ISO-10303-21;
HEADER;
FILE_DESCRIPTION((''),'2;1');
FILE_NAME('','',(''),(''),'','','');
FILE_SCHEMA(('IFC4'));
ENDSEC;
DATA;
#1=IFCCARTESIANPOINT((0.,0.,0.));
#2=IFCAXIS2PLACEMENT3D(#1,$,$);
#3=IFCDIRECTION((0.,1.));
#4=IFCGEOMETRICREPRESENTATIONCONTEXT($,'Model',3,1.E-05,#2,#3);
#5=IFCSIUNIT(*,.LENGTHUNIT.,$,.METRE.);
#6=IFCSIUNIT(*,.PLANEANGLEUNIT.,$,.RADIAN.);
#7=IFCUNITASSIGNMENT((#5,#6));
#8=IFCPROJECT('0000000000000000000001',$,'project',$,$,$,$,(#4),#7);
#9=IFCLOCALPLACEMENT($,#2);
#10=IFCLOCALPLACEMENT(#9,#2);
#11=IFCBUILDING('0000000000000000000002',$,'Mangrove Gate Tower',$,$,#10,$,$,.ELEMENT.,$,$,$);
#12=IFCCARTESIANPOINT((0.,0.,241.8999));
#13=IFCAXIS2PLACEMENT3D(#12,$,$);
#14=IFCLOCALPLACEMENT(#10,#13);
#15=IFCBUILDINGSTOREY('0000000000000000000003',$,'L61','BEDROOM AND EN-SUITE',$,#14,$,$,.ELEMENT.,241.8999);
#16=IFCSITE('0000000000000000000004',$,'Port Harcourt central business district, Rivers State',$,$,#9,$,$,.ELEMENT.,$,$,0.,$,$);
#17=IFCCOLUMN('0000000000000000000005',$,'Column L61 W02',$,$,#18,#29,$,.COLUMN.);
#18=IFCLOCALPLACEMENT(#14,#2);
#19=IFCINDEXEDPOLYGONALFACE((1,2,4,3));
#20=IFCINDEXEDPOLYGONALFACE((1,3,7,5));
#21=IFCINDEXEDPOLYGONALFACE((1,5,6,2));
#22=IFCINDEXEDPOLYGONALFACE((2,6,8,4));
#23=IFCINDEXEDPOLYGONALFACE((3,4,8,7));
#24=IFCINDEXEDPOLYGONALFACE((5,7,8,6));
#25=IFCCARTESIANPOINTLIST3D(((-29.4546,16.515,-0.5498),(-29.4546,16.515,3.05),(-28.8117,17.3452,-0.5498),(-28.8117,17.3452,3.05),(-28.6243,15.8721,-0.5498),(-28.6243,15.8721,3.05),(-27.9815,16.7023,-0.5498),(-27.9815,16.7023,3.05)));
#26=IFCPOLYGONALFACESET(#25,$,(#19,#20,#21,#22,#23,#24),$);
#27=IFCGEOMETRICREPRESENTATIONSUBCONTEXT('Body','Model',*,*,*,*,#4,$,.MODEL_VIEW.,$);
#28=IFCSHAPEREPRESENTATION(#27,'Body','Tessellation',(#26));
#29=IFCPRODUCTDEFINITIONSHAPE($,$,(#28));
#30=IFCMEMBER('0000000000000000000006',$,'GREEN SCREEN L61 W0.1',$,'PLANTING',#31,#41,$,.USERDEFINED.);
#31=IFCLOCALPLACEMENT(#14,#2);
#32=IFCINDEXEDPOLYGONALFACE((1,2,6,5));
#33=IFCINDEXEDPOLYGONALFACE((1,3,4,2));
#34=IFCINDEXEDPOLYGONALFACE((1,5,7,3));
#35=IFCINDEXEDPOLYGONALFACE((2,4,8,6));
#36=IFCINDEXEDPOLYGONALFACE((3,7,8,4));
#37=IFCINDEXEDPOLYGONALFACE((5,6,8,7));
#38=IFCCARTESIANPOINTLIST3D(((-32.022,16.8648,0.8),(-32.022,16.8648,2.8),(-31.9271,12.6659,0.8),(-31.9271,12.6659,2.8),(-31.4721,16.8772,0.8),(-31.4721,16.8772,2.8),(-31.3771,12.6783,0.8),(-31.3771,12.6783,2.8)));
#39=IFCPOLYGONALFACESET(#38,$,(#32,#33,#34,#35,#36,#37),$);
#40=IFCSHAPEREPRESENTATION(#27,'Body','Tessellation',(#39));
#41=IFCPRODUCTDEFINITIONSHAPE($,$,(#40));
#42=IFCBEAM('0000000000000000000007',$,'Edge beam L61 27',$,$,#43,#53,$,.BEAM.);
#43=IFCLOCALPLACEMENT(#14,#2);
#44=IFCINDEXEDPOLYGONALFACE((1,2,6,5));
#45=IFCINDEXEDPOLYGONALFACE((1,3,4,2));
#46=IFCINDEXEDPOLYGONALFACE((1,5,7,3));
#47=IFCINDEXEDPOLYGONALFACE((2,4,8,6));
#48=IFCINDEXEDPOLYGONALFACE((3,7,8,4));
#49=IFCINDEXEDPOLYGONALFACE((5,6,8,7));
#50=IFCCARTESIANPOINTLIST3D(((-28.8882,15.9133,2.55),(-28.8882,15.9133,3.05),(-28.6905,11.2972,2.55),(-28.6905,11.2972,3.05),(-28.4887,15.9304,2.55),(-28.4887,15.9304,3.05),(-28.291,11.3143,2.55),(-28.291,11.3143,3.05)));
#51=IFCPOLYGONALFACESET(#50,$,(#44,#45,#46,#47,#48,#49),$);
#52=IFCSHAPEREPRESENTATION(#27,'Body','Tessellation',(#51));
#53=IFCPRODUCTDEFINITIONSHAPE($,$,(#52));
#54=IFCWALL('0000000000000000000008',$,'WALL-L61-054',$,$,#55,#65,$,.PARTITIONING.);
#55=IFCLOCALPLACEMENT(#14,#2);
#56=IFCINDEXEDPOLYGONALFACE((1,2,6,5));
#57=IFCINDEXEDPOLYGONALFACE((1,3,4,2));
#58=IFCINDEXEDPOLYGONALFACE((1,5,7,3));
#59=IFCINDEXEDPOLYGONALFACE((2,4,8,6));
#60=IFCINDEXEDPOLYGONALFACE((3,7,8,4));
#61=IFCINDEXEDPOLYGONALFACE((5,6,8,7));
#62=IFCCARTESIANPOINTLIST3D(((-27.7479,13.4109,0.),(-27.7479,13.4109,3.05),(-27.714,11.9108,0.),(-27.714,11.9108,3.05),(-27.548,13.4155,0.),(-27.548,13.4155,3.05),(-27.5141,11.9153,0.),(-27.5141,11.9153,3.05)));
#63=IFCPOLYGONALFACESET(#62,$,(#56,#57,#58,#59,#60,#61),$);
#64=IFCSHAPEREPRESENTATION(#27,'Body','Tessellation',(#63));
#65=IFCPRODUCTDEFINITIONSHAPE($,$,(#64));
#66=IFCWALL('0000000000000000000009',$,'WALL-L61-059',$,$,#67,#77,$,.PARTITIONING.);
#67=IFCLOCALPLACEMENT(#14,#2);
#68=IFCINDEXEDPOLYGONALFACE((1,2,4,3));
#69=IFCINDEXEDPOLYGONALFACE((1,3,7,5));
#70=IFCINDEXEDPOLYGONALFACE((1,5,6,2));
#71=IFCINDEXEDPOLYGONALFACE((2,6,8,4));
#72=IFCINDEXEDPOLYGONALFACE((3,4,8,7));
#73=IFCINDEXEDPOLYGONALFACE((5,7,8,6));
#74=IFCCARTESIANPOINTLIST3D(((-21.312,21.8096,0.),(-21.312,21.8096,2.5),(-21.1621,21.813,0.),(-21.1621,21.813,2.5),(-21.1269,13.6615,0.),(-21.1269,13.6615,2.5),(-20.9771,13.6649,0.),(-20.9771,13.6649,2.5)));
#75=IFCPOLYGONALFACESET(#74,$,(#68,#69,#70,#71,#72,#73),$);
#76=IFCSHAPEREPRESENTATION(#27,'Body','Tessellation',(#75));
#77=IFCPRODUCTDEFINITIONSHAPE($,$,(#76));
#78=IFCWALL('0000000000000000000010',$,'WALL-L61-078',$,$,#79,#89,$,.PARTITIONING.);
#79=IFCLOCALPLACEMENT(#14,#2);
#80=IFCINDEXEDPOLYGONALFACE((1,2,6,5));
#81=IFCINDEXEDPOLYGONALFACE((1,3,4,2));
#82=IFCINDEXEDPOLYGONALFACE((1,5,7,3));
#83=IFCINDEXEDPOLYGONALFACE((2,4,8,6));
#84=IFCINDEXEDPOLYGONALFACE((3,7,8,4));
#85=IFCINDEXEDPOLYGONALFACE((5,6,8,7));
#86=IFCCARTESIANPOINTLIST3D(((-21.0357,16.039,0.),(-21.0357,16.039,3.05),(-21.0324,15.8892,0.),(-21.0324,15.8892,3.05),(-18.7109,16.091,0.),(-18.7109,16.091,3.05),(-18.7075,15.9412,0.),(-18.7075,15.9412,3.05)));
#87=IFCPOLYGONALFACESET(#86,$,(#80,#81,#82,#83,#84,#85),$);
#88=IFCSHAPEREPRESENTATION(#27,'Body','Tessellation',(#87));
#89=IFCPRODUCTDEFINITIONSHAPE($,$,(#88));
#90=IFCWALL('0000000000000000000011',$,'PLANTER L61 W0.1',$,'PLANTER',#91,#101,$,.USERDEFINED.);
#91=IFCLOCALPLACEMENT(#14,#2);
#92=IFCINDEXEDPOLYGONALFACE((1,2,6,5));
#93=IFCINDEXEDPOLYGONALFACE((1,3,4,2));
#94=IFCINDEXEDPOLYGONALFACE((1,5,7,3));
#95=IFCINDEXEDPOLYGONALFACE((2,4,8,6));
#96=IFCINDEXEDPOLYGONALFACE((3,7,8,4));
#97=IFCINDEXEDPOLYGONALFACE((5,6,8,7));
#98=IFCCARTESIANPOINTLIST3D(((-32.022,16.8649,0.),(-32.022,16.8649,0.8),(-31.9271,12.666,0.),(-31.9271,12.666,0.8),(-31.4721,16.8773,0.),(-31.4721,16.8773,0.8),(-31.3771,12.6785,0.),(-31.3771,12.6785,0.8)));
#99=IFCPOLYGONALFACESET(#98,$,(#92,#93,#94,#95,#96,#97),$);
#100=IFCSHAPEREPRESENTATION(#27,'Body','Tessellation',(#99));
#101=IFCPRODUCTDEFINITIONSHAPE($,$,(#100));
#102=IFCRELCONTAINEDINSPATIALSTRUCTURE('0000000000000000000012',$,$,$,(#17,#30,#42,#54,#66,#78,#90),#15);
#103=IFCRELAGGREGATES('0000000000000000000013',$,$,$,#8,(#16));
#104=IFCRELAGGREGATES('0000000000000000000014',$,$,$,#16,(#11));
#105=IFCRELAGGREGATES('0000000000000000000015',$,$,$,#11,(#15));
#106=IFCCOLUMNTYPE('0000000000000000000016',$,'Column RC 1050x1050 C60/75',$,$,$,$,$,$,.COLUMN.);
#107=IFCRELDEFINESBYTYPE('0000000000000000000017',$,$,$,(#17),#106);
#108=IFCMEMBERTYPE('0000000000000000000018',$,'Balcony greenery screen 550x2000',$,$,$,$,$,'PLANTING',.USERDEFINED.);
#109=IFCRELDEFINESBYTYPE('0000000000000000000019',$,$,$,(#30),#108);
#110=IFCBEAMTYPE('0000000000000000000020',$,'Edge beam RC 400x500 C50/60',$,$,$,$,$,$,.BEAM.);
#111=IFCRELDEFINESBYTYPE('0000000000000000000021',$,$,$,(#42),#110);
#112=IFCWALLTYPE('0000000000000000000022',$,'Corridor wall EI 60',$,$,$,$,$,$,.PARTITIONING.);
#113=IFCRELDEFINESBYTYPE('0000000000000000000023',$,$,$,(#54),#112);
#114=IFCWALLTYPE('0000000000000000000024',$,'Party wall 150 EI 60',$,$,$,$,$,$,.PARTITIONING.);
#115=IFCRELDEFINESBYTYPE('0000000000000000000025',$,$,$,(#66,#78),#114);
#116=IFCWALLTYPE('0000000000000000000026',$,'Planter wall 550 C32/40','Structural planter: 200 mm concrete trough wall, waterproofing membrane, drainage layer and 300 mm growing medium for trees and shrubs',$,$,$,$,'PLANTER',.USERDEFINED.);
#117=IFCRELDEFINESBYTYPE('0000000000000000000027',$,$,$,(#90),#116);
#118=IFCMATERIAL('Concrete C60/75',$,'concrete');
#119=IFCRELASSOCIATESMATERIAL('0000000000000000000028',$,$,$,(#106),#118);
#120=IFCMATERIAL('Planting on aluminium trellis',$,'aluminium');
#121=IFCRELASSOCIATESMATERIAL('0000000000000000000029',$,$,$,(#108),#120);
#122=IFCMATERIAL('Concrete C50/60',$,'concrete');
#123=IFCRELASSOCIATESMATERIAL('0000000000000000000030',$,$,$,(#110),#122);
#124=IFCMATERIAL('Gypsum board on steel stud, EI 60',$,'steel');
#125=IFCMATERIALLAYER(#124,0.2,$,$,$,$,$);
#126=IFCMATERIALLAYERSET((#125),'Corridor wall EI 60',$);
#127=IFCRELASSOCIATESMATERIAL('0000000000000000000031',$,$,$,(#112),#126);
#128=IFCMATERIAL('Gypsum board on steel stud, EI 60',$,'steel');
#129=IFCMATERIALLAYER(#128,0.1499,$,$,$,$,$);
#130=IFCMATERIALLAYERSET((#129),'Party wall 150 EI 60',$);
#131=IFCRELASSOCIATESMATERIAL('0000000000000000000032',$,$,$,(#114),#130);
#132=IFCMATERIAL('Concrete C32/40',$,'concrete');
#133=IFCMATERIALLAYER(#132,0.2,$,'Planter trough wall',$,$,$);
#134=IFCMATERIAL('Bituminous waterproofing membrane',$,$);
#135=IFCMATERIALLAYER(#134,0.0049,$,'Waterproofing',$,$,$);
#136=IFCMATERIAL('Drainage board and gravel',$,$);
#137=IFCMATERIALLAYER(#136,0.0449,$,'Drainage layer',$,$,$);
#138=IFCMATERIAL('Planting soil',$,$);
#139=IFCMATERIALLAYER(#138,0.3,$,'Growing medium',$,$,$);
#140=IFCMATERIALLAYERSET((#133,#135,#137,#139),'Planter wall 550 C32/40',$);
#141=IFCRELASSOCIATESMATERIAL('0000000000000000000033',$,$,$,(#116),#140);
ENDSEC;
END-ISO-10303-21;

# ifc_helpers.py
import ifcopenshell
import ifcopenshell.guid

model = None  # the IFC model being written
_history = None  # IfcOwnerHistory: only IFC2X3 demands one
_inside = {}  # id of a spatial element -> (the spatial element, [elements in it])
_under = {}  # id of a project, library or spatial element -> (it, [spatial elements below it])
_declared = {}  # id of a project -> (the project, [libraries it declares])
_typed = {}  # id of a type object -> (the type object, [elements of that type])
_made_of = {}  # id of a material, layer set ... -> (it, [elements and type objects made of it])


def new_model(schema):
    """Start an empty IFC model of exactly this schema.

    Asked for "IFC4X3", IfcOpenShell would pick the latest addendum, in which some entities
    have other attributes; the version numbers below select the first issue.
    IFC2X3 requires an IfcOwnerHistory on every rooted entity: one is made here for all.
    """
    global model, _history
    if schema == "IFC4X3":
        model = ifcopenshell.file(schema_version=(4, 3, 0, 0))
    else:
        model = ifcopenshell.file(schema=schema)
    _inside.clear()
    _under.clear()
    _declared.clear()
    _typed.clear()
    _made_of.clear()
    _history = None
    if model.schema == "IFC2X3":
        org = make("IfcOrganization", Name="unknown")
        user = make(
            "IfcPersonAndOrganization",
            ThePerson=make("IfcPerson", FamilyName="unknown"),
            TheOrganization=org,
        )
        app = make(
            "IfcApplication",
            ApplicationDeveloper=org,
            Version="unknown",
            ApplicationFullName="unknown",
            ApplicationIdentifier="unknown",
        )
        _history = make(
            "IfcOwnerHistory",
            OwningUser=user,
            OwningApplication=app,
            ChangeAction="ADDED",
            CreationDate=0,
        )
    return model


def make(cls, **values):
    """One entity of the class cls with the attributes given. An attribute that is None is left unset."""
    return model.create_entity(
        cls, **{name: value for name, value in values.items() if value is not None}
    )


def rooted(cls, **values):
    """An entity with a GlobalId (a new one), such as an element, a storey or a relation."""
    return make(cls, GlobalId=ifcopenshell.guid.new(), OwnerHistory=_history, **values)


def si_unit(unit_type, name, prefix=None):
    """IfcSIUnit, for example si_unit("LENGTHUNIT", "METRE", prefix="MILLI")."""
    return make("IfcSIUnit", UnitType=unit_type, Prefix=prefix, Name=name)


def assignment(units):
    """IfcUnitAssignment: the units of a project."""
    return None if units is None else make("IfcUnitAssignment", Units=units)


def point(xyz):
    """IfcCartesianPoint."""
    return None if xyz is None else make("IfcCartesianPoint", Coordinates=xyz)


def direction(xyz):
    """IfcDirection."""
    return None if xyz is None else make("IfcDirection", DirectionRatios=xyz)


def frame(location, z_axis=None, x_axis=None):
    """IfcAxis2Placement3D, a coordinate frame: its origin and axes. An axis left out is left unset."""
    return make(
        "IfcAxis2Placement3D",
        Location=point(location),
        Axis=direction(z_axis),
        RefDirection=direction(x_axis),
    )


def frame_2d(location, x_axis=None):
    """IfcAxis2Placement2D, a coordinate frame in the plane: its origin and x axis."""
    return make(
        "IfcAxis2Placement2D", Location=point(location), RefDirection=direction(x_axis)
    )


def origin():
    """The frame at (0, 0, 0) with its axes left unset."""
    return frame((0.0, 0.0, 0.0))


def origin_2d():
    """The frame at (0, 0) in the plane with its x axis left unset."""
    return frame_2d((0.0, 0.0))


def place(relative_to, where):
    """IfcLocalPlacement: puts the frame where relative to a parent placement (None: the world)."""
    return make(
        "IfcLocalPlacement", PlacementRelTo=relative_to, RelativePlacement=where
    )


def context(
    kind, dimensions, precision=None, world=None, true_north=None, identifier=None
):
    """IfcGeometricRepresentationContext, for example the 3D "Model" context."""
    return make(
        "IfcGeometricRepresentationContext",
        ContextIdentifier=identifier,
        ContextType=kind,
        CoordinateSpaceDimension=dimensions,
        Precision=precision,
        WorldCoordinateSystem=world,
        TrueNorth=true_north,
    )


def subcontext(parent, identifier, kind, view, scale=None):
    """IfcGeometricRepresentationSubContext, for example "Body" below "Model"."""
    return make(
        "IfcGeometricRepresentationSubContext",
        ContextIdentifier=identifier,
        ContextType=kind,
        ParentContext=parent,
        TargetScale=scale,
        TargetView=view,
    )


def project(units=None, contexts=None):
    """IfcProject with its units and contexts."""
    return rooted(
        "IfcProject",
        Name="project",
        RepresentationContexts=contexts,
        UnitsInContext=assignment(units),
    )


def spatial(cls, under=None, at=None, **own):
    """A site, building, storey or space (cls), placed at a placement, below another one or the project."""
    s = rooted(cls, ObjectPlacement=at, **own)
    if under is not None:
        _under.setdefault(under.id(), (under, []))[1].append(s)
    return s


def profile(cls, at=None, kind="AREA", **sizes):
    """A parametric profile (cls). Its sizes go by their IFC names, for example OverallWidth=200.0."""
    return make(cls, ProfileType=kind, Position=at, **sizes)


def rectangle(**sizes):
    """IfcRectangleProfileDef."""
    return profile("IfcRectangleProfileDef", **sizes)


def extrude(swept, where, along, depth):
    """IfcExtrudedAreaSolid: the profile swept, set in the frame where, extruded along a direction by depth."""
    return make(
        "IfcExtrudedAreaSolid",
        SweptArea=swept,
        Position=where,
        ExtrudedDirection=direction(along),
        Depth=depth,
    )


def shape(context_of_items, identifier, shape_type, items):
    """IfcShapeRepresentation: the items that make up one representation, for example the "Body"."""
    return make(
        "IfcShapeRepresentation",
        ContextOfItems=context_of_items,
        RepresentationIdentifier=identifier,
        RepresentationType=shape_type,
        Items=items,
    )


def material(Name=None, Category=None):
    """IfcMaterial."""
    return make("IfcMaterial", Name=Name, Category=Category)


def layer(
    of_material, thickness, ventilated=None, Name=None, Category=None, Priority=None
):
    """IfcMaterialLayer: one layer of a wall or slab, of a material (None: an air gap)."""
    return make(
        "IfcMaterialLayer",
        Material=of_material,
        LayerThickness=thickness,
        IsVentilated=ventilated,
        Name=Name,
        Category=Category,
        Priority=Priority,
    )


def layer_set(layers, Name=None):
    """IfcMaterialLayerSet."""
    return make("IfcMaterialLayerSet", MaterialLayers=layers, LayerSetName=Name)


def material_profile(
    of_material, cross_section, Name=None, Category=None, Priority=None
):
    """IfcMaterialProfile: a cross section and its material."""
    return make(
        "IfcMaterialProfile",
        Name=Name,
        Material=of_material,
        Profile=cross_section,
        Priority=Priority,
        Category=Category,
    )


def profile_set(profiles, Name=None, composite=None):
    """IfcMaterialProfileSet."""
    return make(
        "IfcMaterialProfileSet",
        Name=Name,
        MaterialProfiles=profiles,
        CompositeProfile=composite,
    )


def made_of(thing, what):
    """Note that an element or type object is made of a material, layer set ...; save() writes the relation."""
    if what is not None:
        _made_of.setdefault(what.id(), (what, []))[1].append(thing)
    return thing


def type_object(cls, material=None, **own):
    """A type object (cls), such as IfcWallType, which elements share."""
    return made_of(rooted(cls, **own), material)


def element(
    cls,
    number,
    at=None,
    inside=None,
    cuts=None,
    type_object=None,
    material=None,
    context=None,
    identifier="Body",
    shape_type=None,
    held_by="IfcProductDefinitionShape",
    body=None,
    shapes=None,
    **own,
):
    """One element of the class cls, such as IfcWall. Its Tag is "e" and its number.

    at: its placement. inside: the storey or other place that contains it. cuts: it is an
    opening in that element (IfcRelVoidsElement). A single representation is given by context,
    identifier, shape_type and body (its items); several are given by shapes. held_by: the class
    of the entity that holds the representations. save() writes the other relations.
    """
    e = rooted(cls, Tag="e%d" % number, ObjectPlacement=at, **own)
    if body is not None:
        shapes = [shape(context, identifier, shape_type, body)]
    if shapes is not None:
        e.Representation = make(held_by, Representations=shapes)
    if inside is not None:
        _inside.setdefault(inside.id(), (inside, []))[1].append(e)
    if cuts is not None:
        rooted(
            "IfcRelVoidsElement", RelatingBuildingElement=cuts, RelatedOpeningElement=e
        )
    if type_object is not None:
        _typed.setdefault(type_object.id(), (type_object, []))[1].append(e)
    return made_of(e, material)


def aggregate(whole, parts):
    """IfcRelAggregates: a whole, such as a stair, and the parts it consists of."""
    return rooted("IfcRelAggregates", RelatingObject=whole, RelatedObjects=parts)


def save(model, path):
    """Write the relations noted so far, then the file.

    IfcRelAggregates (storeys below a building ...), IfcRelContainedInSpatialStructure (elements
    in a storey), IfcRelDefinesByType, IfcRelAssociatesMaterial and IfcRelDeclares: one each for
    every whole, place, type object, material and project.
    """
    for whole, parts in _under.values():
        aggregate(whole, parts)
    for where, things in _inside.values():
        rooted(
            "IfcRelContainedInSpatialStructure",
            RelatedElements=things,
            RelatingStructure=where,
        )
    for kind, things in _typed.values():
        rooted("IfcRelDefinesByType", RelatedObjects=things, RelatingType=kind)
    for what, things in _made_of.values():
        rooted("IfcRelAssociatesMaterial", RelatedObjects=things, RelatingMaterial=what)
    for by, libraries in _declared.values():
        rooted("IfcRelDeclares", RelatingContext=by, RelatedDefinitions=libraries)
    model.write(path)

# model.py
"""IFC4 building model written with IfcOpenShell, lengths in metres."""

from ifc_helpers import new_model, si_unit, direction, frame, frame_2d, origin, origin_2d, place, context, subcontext, project, spatial, rectangle, extrude, material, layer, layer_set, material_profile, profile_set, type_object, element, save


model = new_model("IFC4")

# Units and contexts
model_context = context("Model", 3, precision=1e-05, world=origin(), true_north=direction((0.0, 1.0)))
body_context = subcontext(model_context, "Body", "Model", "MODEL_VIEW")
ifc_project = project(units=[si_unit("LENGTHUNIT", "METRE"), si_unit("PLANEANGLEUNIT", "RADIAN")], contexts=[model_context])

# Site, building, storey
site_placement = place(None, origin())
site = spatial("IfcSite", under=ifc_project, at=site_placement, Name="Port Harcourt central business district, Rivers State", CompositionType="ELEMENT", RefElevation=0.0)
building_placement = place(site_placement, origin())
building = spatial("IfcBuilding", under=site, at=building_placement, Name="Mangrove Gate Tower", CompositionType="ELEMENT")
storey_placement = place(building_placement, frame((0.0, 0.0, 241.8999)))
storey = spatial("IfcBuildingStorey", under=building, at=storey_placement, Name="L61", Description="BEDROOM AND EN-SUITE", CompositionType="ELEMENT", Elevation=241.8999)

# Column
ifc_material_1 = material(Name="Concrete C60/75", Category="concrete")
ifc_material_profile_1 = material_profile(ifc_material_1, rectangle(XDim=1.05, YDim=1.05, at=origin_2d()))
ifc_profile_set_1 = profile_set([ifc_material_profile_1], Name="Concrete C60/75")
column_type = type_object("IfcColumnType", Name="Column RC 1050x1050 C60/75", PredefinedType="COLUMN", material=ifc_profile_set_1)
column_placement = place(storey_placement, frame((-28.718, 16.6086, -0.5498), z_axis=(0.0, 0.0, 1.0), x_axis=(-0.612247, -0.790667, 0.0)))
element("IfcColumn", 1, at=column_placement, inside=storey, type_object=column_type, Name="Column L61 W02", PredefinedType="COLUMN", context=body_context, shape_type="SweptSolid", body=[
    extrude(rectangle(XDim=1.05, YDim=1.05, at=origin_2d()), origin(), (0.0, 0.0, 1.0), 3.5999),
])

# Member
ifc_material_2 = material(Name="Planting on aluminium trellis", Category="aluminium")
ifc_material_profile_2 = material_profile(ifc_material_2, rectangle(XDim=0.55, YDim=2.0, at=origin_2d()))
ifc_profile_set_2 = profile_set([ifc_material_profile_2], Name="Planting on aluminium trellis")
member_type = type_object("IfcMemberType", Name="Balcony greenery screen 550x2000", ElementType="PLANTING", PredefinedType="USERDEFINED", material=ifc_profile_set_2)
member_placement = place(storey_placement, frame((-31.6521, 12.6721, 1.8), z_axis=(-0.022612, 0.999744, 0.0), x_axis=(-0.999744, -0.022612, 0.0)))
element("IfcMember", 2, at=member_placement, inside=storey, type_object=member_type, Name="GREEN SCREEN L61 W0.1", ObjectType="PLANTING", PredefinedType="USERDEFINED", context=body_context, shape_type="SweptSolid", body=[
    extrude(rectangle(XDim=0.55, YDim=2.0, at=origin_2d()), origin(), (0.0, 0.0, 1.0), 4.2),
])

# Beam
ifc_material_3 = material(Name="Concrete C50/60", Category="concrete")
ifc_material_profile_3 = material_profile(ifc_material_3, rectangle(XDim=0.3999, YDim=0.5, at=origin_2d()))
ifc_profile_set_3 = profile_set([ifc_material_profile_3], Name="Concrete C50/60")
beam_type = type_object("IfcBeamType", Name="Edge beam RC 400x500 C50/60", PredefinedType="BEAM", material=ifc_profile_set_3)
beam_placement = place(storey_placement, frame((-28.6885, 15.9219, 2.8), z_axis=(0.0428, -0.999084, 0.0), x_axis=(0.999084, 0.0428, 0.0)))
element("IfcBeam", 3, at=beam_placement, inside=storey, type_object=beam_type, Name="Edge beam L61 27", PredefinedType="BEAM", context=body_context, shape_type="SweptSolid", body=[
    extrude(rectangle(XDim=0.3999, YDim=0.5, at=origin_2d()), origin(), (0.0, 0.0, 1.0), 4.6204),
])

# Wall
ifc_material_4 = material(Name="Gypsum board on steel stud, EI 60", Category="steel")
ifc_layer_1 = layer(ifc_material_4, 0.2)
ifc_layer_set_1 = layer_set([ifc_layer_1], Name="Corridor wall EI 60")
wall_type_1 = type_object("IfcWallType", Name="Corridor wall EI 60", PredefinedType="PARTITIONING", material=ifc_layer_set_1)
wall_1_placement = place(storey_placement, frame((-27.614, 11.9131, 0.0), z_axis=(0.0, 0.0, 1.0), x_axis=(-0.022618, 0.999744, 0.0)))
element("IfcWall", 4, at=wall_1_placement, inside=storey, type_object=wall_type_1, Name="WALL-L61-054", PredefinedType="PARTITIONING", context=body_context, shape_type="SweptSolid", body=[
    extrude(rectangle(XDim=1.5005, YDim=0.2, at=frame_2d((0.7502, 0.0))), origin(), (0.0, 0.0, 1.0), 3.05),
])

# Walls
ifc_material_5 = material(Name="Gypsum board on steel stud, EI 60", Category="steel")
ifc_layer_2 = layer(ifc_material_5, 0.1499)
ifc_layer_set_2 = layer_set([ifc_layer_2], Name="Party wall 150 EI 60")
wall_type_2 = type_object("IfcWallType", Name="Party wall 150 EI 60", PredefinedType="PARTITIONING", material=ifc_layer_set_2)
wall_2_placement = place(storey_placement, frame((-21.052, 13.6631, 0.0), z_axis=(0.0, 0.0, 1.0), x_axis=(-0.022706, 0.999742, 0.0)))
element("IfcWall", 5, at=wall_2_placement, inside=storey, type_object=wall_type_2, Name="WALL-L61-059", PredefinedType="PARTITIONING", context=body_context, shape_type="SweptSolid", body=[
    extrude(rectangle(XDim=8.1501, YDim=0.1499, at=frame_2d((4.0752, 0.0))), origin(), (0.0, 0.0, 1.0), 2.5),
])
wall_3_placement = place(storey_placement, frame((-21.0339, 15.9641, 0.0), z_axis=(0.0, 0.0, 1.0), x_axis=(0.99975, 0.022361, 0.0)))
element("IfcWall", 6, at=wall_3_placement, inside=storey, type_object=wall_type_2, Name="WALL-L61-078", PredefinedType="PARTITIONING", context=body_context, shape_type="SweptSolid", body=[
    extrude(rectangle(XDim=2.3254, YDim=0.1499, at=frame_2d((1.1626, 0.0))), origin(), (0.0, 0.0, 1.0), 3.05),
])
ifc_material_6 = material(Name="Concrete C32/40", Category="concrete")
ifc_layer_3 = layer(ifc_material_6, 0.2, Name="Planter trough wall")
ifc_material_7 = material(Name="Bituminous waterproofing membrane")
ifc_layer_4 = layer(ifc_material_7, 0.0049, Name="Waterproofing")
ifc_material_8 = material(Name="Drainage board and gravel")
ifc_layer_5 = layer(ifc_material_8, 0.0449, Name="Drainage layer")
ifc_material_9 = material(Name="Planting soil")
ifc_layer_6 = layer(ifc_material_9, 0.3, Name="Growing medium")
ifc_layer_set_3 = layer_set([ifc_layer_3, ifc_layer_4, ifc_layer_5, ifc_layer_6], Name="Planter wall 550 C32/40")
wall_type_3 = type_object("IfcWallType", Name="Planter wall 550 C32/40", Description="Structural planter: 200 mm concrete trough wall, waterproofing membrane, drainage layer and 300 mm growing medium for trees and shrubs", ElementType="PLANTER", PredefinedType="USERDEFINED", material=ifc_layer_set_3)
wall_4_placement = place(storey_placement, frame((-31.6521, 12.6721, 0.0), z_axis=(0.0, 0.0, 1.0), x_axis=(-0.022612, 0.999744, 0.0)))
element("IfcWall", 7, at=wall_4_placement, inside=storey, type_object=wall_type_3, Name="PLANTER L61 W0.1", ObjectType="PLANTER", PredefinedType="USERDEFINED", context=body_context, shape_type="SweptSolid", body=[
    extrude(rectangle(XDim=4.2, YDim=0.55, at=frame_2d((2.1001, 0.0))), origin(), (0.0, 0.0, 1.0), 0.8),
])

save(model, "model.ifc")
